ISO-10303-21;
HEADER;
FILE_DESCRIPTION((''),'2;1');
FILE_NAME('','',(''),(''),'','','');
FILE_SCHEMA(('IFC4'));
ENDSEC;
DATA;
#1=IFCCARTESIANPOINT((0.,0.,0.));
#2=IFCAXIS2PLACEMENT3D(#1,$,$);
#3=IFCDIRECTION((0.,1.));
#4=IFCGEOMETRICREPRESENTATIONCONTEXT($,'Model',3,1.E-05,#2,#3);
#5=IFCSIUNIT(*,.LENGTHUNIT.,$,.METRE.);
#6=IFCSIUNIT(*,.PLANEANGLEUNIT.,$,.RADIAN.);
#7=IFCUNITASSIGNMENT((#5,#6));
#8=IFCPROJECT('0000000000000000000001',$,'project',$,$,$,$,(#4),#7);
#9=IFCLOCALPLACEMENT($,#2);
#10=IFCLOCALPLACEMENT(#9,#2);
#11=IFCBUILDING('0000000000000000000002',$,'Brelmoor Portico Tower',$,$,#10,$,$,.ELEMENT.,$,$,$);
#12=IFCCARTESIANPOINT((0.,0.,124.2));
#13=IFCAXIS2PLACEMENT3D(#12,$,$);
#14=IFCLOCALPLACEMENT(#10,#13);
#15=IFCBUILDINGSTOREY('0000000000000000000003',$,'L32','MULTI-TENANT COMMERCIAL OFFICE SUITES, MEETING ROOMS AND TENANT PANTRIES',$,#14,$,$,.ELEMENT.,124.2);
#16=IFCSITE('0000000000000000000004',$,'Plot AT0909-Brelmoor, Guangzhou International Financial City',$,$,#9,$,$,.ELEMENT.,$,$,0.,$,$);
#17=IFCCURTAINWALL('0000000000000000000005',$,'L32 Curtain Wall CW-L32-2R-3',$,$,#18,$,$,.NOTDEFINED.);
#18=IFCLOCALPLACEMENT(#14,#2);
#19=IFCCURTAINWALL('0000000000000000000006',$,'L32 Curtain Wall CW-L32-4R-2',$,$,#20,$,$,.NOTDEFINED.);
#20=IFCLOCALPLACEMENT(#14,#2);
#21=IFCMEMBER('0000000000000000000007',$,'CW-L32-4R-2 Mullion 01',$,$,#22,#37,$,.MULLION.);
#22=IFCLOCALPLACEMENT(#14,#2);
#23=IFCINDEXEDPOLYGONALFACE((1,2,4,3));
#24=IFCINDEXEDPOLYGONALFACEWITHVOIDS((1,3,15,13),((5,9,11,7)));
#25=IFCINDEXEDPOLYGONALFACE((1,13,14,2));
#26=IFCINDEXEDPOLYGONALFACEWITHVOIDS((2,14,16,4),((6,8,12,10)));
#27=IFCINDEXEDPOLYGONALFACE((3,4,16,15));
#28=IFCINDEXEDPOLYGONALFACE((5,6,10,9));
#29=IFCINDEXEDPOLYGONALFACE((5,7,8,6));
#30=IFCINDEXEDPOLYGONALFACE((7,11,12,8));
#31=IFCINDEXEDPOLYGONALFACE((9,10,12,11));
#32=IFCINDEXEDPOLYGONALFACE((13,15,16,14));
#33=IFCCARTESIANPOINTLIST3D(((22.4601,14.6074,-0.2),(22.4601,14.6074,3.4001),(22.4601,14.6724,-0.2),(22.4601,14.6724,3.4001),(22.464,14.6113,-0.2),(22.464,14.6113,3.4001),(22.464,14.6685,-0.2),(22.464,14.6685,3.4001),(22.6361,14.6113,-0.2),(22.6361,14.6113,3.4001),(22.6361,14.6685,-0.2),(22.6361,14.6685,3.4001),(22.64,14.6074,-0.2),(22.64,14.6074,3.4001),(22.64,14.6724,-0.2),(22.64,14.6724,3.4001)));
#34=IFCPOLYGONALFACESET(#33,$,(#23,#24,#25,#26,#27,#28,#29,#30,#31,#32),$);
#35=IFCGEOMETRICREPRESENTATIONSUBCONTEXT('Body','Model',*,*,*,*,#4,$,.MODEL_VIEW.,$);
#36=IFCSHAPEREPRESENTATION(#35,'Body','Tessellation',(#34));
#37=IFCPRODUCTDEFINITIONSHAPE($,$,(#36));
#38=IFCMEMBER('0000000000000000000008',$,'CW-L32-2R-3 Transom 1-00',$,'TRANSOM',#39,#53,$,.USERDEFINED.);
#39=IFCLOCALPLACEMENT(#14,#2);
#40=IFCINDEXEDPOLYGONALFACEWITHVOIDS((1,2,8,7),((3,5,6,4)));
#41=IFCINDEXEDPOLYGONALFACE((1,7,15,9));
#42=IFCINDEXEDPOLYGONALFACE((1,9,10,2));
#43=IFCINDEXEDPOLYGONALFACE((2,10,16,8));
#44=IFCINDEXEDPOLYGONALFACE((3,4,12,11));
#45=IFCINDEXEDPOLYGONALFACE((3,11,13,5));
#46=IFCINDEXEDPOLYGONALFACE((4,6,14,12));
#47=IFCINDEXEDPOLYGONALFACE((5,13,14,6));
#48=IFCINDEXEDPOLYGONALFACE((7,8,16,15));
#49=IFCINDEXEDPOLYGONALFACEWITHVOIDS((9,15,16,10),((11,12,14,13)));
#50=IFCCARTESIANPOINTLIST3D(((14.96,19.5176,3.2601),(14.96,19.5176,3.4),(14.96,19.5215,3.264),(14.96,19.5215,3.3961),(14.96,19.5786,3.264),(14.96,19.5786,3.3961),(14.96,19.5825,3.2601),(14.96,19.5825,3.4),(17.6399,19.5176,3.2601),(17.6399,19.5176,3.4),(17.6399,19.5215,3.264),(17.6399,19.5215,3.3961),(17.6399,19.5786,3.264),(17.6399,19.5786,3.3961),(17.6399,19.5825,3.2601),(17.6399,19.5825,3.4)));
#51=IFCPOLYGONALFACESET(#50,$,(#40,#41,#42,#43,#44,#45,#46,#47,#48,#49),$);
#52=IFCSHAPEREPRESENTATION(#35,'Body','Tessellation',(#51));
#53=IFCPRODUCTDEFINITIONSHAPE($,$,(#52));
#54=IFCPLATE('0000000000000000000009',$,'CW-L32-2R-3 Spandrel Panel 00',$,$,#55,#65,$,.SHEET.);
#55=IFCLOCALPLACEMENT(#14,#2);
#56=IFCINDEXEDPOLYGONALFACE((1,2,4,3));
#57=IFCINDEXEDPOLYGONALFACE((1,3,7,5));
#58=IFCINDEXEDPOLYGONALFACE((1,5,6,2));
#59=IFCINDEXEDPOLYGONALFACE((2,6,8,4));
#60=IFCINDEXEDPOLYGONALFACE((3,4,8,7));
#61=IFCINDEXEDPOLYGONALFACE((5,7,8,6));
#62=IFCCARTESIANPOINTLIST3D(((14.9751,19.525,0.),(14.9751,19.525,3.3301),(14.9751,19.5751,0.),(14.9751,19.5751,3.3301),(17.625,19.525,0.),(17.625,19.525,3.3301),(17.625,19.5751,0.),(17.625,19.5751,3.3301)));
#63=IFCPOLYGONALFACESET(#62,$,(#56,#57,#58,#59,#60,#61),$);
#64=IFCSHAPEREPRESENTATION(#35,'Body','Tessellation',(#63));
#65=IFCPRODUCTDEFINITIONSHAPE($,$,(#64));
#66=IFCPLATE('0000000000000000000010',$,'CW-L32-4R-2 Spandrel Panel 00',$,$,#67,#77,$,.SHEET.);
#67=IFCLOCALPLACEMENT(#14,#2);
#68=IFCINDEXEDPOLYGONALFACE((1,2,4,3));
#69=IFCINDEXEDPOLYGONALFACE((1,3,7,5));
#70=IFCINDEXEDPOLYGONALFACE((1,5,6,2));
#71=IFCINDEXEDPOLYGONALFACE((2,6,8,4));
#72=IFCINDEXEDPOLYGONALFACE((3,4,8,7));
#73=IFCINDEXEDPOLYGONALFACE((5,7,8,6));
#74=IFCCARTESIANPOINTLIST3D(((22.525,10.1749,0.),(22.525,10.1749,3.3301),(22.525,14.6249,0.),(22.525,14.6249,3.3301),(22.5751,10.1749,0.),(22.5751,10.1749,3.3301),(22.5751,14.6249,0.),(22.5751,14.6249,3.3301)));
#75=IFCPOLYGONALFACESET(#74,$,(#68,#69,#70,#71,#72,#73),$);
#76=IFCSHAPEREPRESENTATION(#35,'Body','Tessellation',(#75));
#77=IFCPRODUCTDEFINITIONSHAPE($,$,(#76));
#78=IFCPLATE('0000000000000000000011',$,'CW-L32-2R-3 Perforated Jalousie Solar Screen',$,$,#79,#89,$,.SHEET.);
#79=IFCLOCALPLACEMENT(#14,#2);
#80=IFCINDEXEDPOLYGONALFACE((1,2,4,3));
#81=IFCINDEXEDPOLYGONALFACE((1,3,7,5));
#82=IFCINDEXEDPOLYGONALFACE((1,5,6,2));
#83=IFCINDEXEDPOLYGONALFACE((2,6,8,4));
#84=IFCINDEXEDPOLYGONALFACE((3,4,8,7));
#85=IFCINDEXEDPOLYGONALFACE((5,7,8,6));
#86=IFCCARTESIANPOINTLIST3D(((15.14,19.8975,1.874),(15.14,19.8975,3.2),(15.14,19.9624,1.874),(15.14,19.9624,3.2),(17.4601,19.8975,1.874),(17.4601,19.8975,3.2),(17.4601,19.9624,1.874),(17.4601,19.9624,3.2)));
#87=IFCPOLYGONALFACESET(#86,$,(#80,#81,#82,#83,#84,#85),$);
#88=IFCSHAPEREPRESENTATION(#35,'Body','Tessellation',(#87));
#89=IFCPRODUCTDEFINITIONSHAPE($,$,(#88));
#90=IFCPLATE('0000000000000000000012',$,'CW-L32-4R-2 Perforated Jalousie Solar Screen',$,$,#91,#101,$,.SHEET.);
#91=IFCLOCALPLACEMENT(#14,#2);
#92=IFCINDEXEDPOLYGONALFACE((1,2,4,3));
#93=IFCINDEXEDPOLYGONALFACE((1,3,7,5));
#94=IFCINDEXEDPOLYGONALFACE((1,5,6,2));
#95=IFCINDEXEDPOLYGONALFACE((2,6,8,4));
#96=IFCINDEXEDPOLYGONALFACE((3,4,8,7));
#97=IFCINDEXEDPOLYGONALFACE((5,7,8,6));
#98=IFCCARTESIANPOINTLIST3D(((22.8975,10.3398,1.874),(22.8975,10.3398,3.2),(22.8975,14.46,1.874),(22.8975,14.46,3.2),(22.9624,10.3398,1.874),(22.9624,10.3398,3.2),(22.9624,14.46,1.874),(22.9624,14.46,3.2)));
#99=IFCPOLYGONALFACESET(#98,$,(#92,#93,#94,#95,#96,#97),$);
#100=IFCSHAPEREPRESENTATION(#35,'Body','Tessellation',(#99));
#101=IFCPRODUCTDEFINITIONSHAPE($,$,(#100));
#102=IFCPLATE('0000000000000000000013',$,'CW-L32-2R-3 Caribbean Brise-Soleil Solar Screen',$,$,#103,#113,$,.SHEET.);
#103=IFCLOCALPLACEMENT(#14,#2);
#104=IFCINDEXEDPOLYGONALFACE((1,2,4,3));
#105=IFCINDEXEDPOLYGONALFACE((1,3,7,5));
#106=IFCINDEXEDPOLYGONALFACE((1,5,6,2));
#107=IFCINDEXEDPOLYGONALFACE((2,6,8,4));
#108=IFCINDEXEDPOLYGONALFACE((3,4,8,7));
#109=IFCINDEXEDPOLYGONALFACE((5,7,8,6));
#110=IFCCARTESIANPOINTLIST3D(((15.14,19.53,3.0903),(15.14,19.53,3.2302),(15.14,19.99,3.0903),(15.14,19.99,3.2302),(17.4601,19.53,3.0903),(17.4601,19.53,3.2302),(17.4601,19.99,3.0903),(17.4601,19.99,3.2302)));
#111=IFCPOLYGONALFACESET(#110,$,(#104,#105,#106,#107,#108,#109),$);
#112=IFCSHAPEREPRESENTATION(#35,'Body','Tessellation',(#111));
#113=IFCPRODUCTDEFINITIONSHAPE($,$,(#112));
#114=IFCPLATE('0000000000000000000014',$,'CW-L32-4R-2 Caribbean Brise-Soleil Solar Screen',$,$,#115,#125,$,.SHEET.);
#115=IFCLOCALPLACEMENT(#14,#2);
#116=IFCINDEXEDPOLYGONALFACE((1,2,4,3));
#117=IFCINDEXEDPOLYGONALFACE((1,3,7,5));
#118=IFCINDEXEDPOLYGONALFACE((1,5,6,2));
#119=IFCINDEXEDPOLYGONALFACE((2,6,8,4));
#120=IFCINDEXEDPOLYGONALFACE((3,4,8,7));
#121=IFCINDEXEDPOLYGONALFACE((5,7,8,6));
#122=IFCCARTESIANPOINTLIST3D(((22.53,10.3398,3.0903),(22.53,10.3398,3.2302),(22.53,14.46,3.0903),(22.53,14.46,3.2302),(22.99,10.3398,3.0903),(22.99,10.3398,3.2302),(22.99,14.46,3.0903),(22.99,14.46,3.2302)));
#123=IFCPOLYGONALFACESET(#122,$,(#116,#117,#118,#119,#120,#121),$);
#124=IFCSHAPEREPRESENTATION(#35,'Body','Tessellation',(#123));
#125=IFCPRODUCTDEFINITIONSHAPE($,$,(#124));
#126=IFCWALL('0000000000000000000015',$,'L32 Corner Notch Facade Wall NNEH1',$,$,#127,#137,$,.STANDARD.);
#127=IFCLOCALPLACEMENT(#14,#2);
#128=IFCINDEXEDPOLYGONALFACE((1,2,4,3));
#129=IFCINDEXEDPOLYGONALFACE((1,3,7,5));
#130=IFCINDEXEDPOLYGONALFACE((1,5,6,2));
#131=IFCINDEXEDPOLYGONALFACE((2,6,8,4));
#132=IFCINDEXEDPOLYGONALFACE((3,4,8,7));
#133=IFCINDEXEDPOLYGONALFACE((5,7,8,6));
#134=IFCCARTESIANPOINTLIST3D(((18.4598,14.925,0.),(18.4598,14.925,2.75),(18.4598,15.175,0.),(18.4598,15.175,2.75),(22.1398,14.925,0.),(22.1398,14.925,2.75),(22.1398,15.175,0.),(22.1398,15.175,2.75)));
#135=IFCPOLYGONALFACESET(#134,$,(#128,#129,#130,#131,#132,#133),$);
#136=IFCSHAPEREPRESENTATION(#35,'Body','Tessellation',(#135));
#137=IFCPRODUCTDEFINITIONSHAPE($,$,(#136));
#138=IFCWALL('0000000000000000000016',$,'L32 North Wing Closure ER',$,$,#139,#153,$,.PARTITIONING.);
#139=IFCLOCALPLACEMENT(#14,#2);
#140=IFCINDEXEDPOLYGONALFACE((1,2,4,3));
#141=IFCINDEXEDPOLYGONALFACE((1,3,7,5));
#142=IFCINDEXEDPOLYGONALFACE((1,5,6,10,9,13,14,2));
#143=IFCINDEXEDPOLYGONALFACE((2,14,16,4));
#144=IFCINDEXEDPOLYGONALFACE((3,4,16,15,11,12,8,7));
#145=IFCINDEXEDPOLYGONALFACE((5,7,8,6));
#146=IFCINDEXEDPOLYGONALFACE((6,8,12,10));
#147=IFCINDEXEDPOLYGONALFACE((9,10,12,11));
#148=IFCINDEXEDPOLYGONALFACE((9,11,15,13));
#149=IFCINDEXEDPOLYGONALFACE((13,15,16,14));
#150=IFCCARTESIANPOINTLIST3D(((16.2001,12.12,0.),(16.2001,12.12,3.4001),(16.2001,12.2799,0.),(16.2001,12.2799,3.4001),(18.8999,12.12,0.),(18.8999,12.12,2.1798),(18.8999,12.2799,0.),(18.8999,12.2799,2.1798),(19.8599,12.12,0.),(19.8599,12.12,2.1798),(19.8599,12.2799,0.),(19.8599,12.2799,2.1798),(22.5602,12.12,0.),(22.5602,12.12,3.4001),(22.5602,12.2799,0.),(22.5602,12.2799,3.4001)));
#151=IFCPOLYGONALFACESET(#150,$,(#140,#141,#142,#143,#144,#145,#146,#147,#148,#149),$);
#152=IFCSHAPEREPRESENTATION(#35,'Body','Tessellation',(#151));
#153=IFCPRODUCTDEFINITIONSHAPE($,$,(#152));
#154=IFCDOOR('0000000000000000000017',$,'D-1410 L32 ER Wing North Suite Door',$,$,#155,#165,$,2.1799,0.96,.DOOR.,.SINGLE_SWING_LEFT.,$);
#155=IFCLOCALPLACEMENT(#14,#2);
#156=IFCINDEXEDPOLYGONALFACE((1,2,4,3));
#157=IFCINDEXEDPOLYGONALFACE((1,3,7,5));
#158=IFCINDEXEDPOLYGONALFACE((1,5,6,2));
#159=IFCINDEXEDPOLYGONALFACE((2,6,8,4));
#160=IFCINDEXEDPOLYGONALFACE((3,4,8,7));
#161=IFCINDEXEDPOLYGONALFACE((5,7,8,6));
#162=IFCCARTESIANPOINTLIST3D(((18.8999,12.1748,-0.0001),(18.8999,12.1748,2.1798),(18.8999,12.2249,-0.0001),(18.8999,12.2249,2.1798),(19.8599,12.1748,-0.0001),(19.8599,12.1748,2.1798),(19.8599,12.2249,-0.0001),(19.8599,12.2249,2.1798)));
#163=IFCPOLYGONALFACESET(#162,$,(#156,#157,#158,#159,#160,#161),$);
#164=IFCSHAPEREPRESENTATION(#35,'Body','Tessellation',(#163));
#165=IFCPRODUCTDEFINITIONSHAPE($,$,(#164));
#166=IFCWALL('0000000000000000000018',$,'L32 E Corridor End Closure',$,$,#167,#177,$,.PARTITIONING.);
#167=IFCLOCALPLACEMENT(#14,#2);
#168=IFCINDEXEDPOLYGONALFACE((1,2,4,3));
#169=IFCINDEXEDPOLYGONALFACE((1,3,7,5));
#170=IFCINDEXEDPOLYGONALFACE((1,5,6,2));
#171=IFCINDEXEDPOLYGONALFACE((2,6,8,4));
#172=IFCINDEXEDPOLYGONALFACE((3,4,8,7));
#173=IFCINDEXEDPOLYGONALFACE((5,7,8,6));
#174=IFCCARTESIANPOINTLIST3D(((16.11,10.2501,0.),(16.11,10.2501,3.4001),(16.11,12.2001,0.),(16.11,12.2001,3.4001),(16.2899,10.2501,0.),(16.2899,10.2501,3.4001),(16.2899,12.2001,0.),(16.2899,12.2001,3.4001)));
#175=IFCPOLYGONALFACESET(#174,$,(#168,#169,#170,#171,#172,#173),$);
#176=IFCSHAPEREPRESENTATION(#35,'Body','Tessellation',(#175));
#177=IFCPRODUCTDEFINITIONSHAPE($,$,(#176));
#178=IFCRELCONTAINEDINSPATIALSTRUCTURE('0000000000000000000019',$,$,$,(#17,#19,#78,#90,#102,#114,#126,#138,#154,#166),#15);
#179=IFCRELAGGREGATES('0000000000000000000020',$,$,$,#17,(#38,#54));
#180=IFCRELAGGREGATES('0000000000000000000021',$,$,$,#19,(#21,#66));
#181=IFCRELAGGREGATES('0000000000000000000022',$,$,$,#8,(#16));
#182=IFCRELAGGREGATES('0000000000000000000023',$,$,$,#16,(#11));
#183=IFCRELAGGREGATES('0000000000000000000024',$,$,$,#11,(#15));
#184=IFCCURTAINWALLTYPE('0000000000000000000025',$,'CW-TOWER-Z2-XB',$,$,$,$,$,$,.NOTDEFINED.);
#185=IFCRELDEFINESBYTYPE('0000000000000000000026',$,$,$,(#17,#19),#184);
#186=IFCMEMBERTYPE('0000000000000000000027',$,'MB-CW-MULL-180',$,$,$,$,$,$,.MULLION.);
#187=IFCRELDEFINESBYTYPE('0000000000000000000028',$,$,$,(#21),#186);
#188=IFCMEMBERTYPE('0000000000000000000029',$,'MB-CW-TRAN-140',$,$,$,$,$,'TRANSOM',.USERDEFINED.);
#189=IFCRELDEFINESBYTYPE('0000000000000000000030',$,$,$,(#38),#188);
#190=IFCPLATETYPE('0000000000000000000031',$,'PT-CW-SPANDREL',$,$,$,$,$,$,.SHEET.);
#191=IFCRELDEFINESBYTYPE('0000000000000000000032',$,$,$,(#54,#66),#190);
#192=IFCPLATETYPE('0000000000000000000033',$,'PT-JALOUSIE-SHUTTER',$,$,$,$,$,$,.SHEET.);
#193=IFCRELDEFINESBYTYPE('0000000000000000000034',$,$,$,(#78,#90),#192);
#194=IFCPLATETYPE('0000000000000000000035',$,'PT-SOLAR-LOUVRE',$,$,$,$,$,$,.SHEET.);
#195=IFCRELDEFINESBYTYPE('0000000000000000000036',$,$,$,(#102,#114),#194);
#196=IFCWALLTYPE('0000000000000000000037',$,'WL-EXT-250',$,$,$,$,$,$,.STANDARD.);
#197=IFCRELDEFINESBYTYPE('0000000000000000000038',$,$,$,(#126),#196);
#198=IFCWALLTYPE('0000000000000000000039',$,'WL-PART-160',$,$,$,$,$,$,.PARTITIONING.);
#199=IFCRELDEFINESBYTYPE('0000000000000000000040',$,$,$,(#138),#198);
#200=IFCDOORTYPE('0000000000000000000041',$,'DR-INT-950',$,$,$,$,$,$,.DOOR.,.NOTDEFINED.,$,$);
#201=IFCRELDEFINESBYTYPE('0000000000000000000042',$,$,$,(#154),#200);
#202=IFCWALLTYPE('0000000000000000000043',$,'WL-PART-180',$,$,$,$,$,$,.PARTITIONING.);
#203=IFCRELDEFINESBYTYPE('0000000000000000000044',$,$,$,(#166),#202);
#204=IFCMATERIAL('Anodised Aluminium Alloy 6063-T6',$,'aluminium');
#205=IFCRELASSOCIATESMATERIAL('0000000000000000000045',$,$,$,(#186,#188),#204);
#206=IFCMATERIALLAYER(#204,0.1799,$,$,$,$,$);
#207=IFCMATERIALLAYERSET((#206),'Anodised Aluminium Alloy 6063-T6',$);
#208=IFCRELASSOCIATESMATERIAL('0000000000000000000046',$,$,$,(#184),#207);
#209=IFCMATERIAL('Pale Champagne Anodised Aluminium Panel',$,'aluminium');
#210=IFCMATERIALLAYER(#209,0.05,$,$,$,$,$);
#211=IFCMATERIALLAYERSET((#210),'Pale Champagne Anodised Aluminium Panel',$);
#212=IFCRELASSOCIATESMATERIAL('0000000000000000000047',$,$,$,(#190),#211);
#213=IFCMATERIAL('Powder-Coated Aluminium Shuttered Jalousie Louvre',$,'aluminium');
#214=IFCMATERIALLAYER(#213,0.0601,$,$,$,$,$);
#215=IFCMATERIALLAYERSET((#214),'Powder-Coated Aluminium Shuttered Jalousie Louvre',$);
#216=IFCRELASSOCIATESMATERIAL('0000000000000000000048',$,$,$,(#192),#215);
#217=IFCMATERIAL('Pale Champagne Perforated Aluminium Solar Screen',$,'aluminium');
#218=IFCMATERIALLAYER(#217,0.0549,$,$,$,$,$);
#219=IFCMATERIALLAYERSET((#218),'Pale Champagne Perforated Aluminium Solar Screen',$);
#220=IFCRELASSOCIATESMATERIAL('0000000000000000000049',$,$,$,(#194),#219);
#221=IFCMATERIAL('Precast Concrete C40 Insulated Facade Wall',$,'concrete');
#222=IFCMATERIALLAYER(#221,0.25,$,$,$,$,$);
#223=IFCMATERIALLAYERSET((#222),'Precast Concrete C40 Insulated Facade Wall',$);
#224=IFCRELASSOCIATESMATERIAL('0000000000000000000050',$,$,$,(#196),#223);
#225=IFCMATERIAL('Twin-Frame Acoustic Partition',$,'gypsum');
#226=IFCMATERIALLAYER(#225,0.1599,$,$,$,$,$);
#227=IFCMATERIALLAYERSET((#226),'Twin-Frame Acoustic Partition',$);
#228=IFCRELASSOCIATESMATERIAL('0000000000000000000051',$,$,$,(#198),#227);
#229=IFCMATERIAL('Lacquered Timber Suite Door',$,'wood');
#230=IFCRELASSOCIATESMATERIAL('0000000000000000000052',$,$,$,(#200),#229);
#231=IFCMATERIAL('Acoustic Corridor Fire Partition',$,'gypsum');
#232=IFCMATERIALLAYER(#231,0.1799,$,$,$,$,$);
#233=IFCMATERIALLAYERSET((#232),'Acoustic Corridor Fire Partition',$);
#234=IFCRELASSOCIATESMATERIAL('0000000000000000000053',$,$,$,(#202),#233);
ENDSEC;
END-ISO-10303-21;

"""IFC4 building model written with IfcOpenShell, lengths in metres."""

from ifc_helpers import new_model, si_unit, direction, frame, frame_2d, origin, origin_2d, place, context, subcontext, project, spatial, rectangle, hollow_rectangle, extrude, material, layer, layer_set, material_profile, profile_set, type_object, element, fill, aggregate, save


model = new_model("IFC4")

# Units and contexts
model_context = context("Model", 3, precision=1e-05, world=origin(), true_north=direction((0.0, 1.0)))
body_context = subcontext(model_context, "Body", "Model", "MODEL_VIEW")
ifc_project = project(units=[si_unit("LENGTHUNIT", "METRE"), si_unit("PLANEANGLEUNIT", "RADIAN")], contexts=[model_context])

# Site, building, storey
site_placement = place(None, origin())
site = spatial("IfcSite", under=ifc_project, at=site_placement, Name="Plot AT0909-Brelmoor, Guangzhou International Financial City", CompositionType="ELEMENT", RefElevation=0.0)
building_placement = place(site_placement, origin())
building = spatial("IfcBuilding", under=site, at=building_placement, Name="Brelmoor Portico Tower", CompositionType="ELEMENT")
storey_placement = place(building_placement, frame((0.0, 0.0, 124.2)))
storey = spatial("IfcBuildingStorey", under=building, at=storey_placement, Name="L32", Description="MULTI-TENANT COMMERCIAL OFFICE SUITES, MEETING ROOMS AND TENANT PANTRIES", CompositionType="ELEMENT", Elevation=124.2)

# Shared definitions
ifc_material_1 = material(Name="Anodised Aluminium Alloy 6063-T6", Category="aluminium")
ifc_material_profile_1 = material_profile(ifc_material_1, hollow_rectangle(XDim=0.0649, YDim=0.1799, WallThickness=0.0039, at=origin_2d()), Name="ALU MULLION 65x180")
ifc_profile_set_1 = profile_set([ifc_material_profile_1], Name="Anodised Aluminium Alloy 6063-T6")
member_type_1 = type_object("IfcMemberType", Name="MB-CW-MULL-180", PredefinedType="MULLION", material=ifc_profile_set_1)

# Curtain wall
ifc_layer_1 = layer(ifc_material_1, 0.1799)
ifc_layer_set_1 = layer_set([ifc_layer_1], Name="Anodised Aluminium Alloy 6063-T6")
curtain_wall_type_1 = type_object("IfcCurtainWallType", Name="CW-TOWER-Z2-XB", PredefinedType="NOTDEFINED", material=ifc_layer_set_1)
curtain_wall_1_placement = place(storey_placement, origin())
curtain_wall_1 = element("IfcCurtainWall", 1, at=curtain_wall_1_placement, inside=storey, type_object=curtain_wall_type_1, Name="L32 Curtain Wall CW-L32-2R-3", PredefinedType="NOTDEFINED")

# Curtain wall, member
curtain_wall_2_placement = place(storey_placement, origin())
curtain_wall_2 = element("IfcCurtainWall", 2, at=curtain_wall_2_placement, inside=storey, type_object=curtain_wall_type_1, Name="L32 Curtain Wall CW-L32-4R-2", PredefinedType="NOTDEFINED")
member_1_placement = place(storey_placement, frame((22.55, 14.6399, -0.2), z_axis=(0.0, 0.0, 1.0), x_axis=(0.0, 1.0, 0.0)))
member_1 = element("IfcMember", 3, at=member_1_placement, type_object=member_type_1, Name="CW-L32-4R-2 Mullion 01", PredefinedType="MULLION", context=body_context, shape_type="SweptSolid", body=[
    extrude(hollow_rectangle(XDim=0.0649, YDim=0.1799, WallThickness=0.0039, at=origin_2d()), origin(), (0.0, 0.0, 1.0), 3.6001),
])

# Member
ifc_material_profile_2 = material_profile(ifc_material_1, hollow_rectangle(XDim=0.0649, YDim=0.1399, WallThickness=0.0039, at=origin_2d()), Name="ALU TRANSOM 65x140")
ifc_profile_set_2 = profile_set([ifc_material_profile_2], Name="Anodised Aluminium Alloy 6063-T6")
member_type_2 = type_object("IfcMemberType", Name="MB-CW-TRAN-140", ElementType="TRANSOM", PredefinedType="USERDEFINED", material=ifc_profile_set_2)
member_2_placement = place(storey_placement, frame((14.96, 19.55, 3.3301), z_axis=(1.0, 0.0, 0.0), x_axis=(0.0, 1.0, 0.0)))
member_2 = element("IfcMember", 4, at=member_2_placement, type_object=member_type_2, Name="CW-L32-2R-3 Transom 1-00", ObjectType="TRANSOM", PredefinedType="USERDEFINED", context=body_context, shape_type="SweptSolid", body=[
    extrude(hollow_rectangle(XDim=0.0649, YDim=0.1399, WallThickness=0.0039, at=origin_2d()), origin(), (0.0, 0.0, 1.0), 2.6799),
])

# Plates
ifc_material_2 = material(Name="Pale Champagne Anodised Aluminium Panel", Category="aluminium")
ifc_layer_2 = layer(ifc_material_2, 0.05)
ifc_layer_set_2 = layer_set([ifc_layer_2], Name="Pale Champagne Anodised Aluminium Panel")
plate_type_1 = type_object("IfcPlateType", Name="PT-CW-SPANDREL", PredefinedType="SHEET", material=ifc_layer_set_2)
plate_1_placement = place(storey_placement, frame((16.3, 19.55, 0.0), z_axis=(0.0, 0.0, 1.0), x_axis=(1.0, 0.0, 0.0)))
plate_1 = element("IfcPlate", 5, at=plate_1_placement, type_object=plate_type_1, Name="CW-L32-2R-3 Spandrel Panel 00", PredefinedType="SHEET", context=body_context, shape_type="SweptSolid", body=[
    extrude(rectangle(XDim=2.6499, YDim=0.05, at=origin_2d()), origin(), (0.0, 0.0, 1.0), 3.3301),
])
aggregate(curtain_wall_1, [member_2, plate_1])
plate_2_placement = place(storey_placement, frame((22.55, 12.3999, 0.0), z_axis=(0.0, 0.0, 1.0), x_axis=(0.0, 1.0, 0.0)))
plate_2 = element("IfcPlate", 6, at=plate_2_placement, type_object=plate_type_1, Name="CW-L32-4R-2 Spandrel Panel 00", PredefinedType="SHEET", context=body_context, shape_type="SweptSolid", body=[
    extrude(rectangle(XDim=4.45, YDim=0.05, at=origin_2d()), origin(), (0.0, 0.0, 1.0), 3.3301),
])
aggregate(curtain_wall_2, [member_1, plate_2])

# Plates
ifc_material_3 = material(Name="Powder-Coated Aluminium Shuttered Jalousie Louvre", Category="aluminium")
ifc_layer_3 = layer(ifc_material_3, 0.0601)
ifc_layer_set_3 = layer_set([ifc_layer_3], Name="Powder-Coated Aluminium Shuttered Jalousie Louvre")
plate_type_2 = type_object("IfcPlateType", Name="PT-JALOUSIE-SHUTTER", PredefinedType="SHEET", material=ifc_layer_set_3)
plate_3_placement = place(storey_placement, frame((16.3, 19.9299, 1.874), z_axis=(0.0, 0.0, 1.0), x_axis=(1.0, 0.0, 0.0)))
element("IfcPlate", 7, at=plate_3_placement, inside=storey, type_object=plate_type_2, Name="CW-L32-2R-3 Perforated Jalousie Solar Screen", PredefinedType="SHEET", context=body_context, shape_type="SweptSolid", body=[
    extrude(rectangle(XDim=2.3201, YDim=0.0649, at=origin_2d()), origin(), (0.0, 0.0, 1.0), 1.3259),
])
plate_4_placement = place(storey_placement, frame((22.9299, 12.3999, 1.874), z_axis=(0.0, 0.0, 1.0), x_axis=(0.0, 1.0, 0.0)))
element("IfcPlate", 8, at=plate_4_placement, inside=storey, type_object=plate_type_2, Name="CW-L32-4R-2 Perforated Jalousie Solar Screen", PredefinedType="SHEET", context=body_context, shape_type="SweptSolid", body=[
    extrude(rectangle(XDim=4.1201, YDim=0.0649, at=origin_2d()), origin(), (0.0, 0.0, 1.0), 1.3259),
])
ifc_material_4 = material(Name="Pale Champagne Perforated Aluminium Solar Screen", Category="aluminium")
ifc_layer_4 = layer(ifc_material_4, 0.0549)
ifc_layer_set_4 = layer_set([ifc_layer_4], Name="Pale Champagne Perforated Aluminium Solar Screen")
plate_type_3 = type_object("IfcPlateType", Name="PT-SOLAR-LOUVRE", PredefinedType="SHEET", material=ifc_layer_set_4)
plate_5_placement = place(storey_placement, frame((16.3, 19.76, 3.0903), z_axis=(0.0, 0.0, 1.0), x_axis=(1.0, 0.0, 0.0)))
element("IfcPlate", 9, at=plate_5_placement, inside=storey, type_object=plate_type_3, Name="CW-L32-2R-3 Caribbean Brise-Soleil Solar Screen", PredefinedType="SHEET", context=body_context, shape_type="SweptSolid", body=[
    extrude(rectangle(XDim=2.3201, YDim=0.46, at=origin_2d()), origin(), (0.0, 0.0, 1.0), 0.1399),
])
plate_6_placement = place(storey_placement, frame((22.76, 12.3999, 3.0903), z_axis=(0.0, 0.0, 1.0), x_axis=(0.0, 1.0, 0.0)))
element("IfcPlate", 10, at=plate_6_placement, inside=storey, type_object=plate_type_3, Name="CW-L32-4R-2 Caribbean Brise-Soleil Solar Screen", PredefinedType="SHEET", context=body_context, shape_type="SweptSolid", body=[
    extrude(rectangle(XDim=4.1201, YDim=0.46, at=origin_2d()), origin(), (0.0, 0.0, 1.0), 0.1399),
])

# Wall
ifc_material_5 = material(Name="Precast Concrete C40 Insulated Facade Wall", Category="concrete")
ifc_layer_5 = layer(ifc_material_5, 0.25)
ifc_layer_set_5 = layer_set([ifc_layer_5], Name="Precast Concrete C40 Insulated Facade Wall")
wall_type_1 = type_object("IfcWallType", Name="WL-EXT-250", PredefinedType="STANDARD", material=ifc_layer_set_5)
for number, where, z_axis, x_axis, name in (
    (11, (18.46, 15.05, 0.0), (0.0, 0.0, 1.0), (1.0, 0.0, 0.0), "L32 Corner Notch Facade Wall NNEH1"),
):
    element("IfcWall", number, at=place(storey_placement, frame(where, z_axis=z_axis, x_axis=x_axis)), inside=storey, type_object=wall_type_1, Name=name, PredefinedType="STANDARD", context=body_context, shape_type="SweptSolid", body=[
        extrude(rectangle(XDim=3.6799, YDim=0.25, at=frame_2d((1.8398, 0.0))), origin(), (0.0, 0.0, 1.0), 2.75),
    ])

# Wall, opening, door
ifc_material_6 = material(Name="Twin-Frame Acoustic Partition", Category="gypsum")
ifc_layer_6 = layer(ifc_material_6, 0.1599)
ifc_layer_set_6 = layer_set([ifc_layer_6], Name="Twin-Frame Acoustic Partition")
wall_type_2 = type_object("IfcWallType", Name="WL-PART-160", PredefinedType="PARTITIONING", material=ifc_layer_set_6)
wall_1_placement = place(storey_placement, frame((16.2, 12.2, 0.0), z_axis=(0.0, 0.0, 1.0), x_axis=(1.0, 0.0, 0.0)))
wall_1 = element("IfcWall", 12, at=wall_1_placement, inside=storey, type_object=wall_type_2, Name="L32 North Wing Closure ER", PredefinedType="PARTITIONING", context=body_context, shape_type="SweptSolid", body=[
    extrude(rectangle(XDim=6.3601, YDim=0.1599, at=frame_2d((3.1802, 0.0))), origin(), (0.0, 0.0, 1.0), 3.4001),
])
opening_1_placement = place(wall_1_placement, frame((2.7, 0.0, 0.0)))
opening_1 = element("IfcOpeningElement", 13, at=opening_1_placement, cuts=wall_1, PredefinedType="OPENING", context=body_context, shape_type="SweptSolid", body=[
    extrude(rectangle(XDim=0.96, YDim=2.1799, at=frame_2d((0.48, 1.0898))), frame((0.0, 0.0898, 0.0), z_axis=(0.0, -1.0, 0.0), x_axis=(1.0, 0.0, 0.0)), (0.0, 0.0, 1.0), 0.1799),
])
ifc_material_7 = material(Name="Lacquered Timber Suite Door", Category="wood")
door_type_1 = type_object("IfcDoorType", Name="DR-INT-950", OperationType="NOTDEFINED", PredefinedType="DOOR", material=ifc_material_7)
door_1_placement = place(opening_1_placement, origin())
door_1 = element("IfcDoor", 14, at=door_1_placement, inside=storey, type_object=door_type_1, Name="D-1410 L32 ER Wing North Suite Door", OperationType="SINGLE_SWING_LEFT", OverallHeight=2.1799, OverallWidth=0.96, PredefinedType="DOOR", context=body_context, shape_type="SweptSolid", body=[
    extrude(rectangle(XDim=0.96, YDim=2.1799, at=frame_2d((0.48, 1.0898))), frame((0.0, 0.0249, 0.0), z_axis=(0.0, -1.0, 0.0), x_axis=(1.0, 0.0, 0.0)), (0.0, 0.0, 1.0), 0.05),
])
fill(opening_1, door_1)
ifc_material_8 = material(Name="Acoustic Corridor Fire Partition", Category="gypsum")
ifc_layer_7 = layer(ifc_material_8, 0.1799)
ifc_layer_set_7 = layer_set([ifc_layer_7], Name="Acoustic Corridor Fire Partition")
wall_type_3 = type_object("IfcWallType", Name="WL-PART-180", PredefinedType="PARTITIONING", material=ifc_layer_set_7)

# Wall
wall_2_placement = place(storey_placement, frame((16.2, 10.25, 0.0), z_axis=(0.0, 0.0, 1.0), x_axis=(0.0, 1.0, 0.0)))
element("IfcWall", 15, at=wall_2_placement, inside=storey, type_object=wall_type_3, Name="L32 E Corridor End Closure", PredefinedType="PARTITIONING", context=body_context, shape_type="SweptSolid", body=[
    extrude(rectangle(XDim=1.95, YDim=0.1799, at=frame_2d((0.9751, 0.0))), origin(), (0.0, 0.0, 1.0), 3.4001),
])

save(model, "model.ifc")
